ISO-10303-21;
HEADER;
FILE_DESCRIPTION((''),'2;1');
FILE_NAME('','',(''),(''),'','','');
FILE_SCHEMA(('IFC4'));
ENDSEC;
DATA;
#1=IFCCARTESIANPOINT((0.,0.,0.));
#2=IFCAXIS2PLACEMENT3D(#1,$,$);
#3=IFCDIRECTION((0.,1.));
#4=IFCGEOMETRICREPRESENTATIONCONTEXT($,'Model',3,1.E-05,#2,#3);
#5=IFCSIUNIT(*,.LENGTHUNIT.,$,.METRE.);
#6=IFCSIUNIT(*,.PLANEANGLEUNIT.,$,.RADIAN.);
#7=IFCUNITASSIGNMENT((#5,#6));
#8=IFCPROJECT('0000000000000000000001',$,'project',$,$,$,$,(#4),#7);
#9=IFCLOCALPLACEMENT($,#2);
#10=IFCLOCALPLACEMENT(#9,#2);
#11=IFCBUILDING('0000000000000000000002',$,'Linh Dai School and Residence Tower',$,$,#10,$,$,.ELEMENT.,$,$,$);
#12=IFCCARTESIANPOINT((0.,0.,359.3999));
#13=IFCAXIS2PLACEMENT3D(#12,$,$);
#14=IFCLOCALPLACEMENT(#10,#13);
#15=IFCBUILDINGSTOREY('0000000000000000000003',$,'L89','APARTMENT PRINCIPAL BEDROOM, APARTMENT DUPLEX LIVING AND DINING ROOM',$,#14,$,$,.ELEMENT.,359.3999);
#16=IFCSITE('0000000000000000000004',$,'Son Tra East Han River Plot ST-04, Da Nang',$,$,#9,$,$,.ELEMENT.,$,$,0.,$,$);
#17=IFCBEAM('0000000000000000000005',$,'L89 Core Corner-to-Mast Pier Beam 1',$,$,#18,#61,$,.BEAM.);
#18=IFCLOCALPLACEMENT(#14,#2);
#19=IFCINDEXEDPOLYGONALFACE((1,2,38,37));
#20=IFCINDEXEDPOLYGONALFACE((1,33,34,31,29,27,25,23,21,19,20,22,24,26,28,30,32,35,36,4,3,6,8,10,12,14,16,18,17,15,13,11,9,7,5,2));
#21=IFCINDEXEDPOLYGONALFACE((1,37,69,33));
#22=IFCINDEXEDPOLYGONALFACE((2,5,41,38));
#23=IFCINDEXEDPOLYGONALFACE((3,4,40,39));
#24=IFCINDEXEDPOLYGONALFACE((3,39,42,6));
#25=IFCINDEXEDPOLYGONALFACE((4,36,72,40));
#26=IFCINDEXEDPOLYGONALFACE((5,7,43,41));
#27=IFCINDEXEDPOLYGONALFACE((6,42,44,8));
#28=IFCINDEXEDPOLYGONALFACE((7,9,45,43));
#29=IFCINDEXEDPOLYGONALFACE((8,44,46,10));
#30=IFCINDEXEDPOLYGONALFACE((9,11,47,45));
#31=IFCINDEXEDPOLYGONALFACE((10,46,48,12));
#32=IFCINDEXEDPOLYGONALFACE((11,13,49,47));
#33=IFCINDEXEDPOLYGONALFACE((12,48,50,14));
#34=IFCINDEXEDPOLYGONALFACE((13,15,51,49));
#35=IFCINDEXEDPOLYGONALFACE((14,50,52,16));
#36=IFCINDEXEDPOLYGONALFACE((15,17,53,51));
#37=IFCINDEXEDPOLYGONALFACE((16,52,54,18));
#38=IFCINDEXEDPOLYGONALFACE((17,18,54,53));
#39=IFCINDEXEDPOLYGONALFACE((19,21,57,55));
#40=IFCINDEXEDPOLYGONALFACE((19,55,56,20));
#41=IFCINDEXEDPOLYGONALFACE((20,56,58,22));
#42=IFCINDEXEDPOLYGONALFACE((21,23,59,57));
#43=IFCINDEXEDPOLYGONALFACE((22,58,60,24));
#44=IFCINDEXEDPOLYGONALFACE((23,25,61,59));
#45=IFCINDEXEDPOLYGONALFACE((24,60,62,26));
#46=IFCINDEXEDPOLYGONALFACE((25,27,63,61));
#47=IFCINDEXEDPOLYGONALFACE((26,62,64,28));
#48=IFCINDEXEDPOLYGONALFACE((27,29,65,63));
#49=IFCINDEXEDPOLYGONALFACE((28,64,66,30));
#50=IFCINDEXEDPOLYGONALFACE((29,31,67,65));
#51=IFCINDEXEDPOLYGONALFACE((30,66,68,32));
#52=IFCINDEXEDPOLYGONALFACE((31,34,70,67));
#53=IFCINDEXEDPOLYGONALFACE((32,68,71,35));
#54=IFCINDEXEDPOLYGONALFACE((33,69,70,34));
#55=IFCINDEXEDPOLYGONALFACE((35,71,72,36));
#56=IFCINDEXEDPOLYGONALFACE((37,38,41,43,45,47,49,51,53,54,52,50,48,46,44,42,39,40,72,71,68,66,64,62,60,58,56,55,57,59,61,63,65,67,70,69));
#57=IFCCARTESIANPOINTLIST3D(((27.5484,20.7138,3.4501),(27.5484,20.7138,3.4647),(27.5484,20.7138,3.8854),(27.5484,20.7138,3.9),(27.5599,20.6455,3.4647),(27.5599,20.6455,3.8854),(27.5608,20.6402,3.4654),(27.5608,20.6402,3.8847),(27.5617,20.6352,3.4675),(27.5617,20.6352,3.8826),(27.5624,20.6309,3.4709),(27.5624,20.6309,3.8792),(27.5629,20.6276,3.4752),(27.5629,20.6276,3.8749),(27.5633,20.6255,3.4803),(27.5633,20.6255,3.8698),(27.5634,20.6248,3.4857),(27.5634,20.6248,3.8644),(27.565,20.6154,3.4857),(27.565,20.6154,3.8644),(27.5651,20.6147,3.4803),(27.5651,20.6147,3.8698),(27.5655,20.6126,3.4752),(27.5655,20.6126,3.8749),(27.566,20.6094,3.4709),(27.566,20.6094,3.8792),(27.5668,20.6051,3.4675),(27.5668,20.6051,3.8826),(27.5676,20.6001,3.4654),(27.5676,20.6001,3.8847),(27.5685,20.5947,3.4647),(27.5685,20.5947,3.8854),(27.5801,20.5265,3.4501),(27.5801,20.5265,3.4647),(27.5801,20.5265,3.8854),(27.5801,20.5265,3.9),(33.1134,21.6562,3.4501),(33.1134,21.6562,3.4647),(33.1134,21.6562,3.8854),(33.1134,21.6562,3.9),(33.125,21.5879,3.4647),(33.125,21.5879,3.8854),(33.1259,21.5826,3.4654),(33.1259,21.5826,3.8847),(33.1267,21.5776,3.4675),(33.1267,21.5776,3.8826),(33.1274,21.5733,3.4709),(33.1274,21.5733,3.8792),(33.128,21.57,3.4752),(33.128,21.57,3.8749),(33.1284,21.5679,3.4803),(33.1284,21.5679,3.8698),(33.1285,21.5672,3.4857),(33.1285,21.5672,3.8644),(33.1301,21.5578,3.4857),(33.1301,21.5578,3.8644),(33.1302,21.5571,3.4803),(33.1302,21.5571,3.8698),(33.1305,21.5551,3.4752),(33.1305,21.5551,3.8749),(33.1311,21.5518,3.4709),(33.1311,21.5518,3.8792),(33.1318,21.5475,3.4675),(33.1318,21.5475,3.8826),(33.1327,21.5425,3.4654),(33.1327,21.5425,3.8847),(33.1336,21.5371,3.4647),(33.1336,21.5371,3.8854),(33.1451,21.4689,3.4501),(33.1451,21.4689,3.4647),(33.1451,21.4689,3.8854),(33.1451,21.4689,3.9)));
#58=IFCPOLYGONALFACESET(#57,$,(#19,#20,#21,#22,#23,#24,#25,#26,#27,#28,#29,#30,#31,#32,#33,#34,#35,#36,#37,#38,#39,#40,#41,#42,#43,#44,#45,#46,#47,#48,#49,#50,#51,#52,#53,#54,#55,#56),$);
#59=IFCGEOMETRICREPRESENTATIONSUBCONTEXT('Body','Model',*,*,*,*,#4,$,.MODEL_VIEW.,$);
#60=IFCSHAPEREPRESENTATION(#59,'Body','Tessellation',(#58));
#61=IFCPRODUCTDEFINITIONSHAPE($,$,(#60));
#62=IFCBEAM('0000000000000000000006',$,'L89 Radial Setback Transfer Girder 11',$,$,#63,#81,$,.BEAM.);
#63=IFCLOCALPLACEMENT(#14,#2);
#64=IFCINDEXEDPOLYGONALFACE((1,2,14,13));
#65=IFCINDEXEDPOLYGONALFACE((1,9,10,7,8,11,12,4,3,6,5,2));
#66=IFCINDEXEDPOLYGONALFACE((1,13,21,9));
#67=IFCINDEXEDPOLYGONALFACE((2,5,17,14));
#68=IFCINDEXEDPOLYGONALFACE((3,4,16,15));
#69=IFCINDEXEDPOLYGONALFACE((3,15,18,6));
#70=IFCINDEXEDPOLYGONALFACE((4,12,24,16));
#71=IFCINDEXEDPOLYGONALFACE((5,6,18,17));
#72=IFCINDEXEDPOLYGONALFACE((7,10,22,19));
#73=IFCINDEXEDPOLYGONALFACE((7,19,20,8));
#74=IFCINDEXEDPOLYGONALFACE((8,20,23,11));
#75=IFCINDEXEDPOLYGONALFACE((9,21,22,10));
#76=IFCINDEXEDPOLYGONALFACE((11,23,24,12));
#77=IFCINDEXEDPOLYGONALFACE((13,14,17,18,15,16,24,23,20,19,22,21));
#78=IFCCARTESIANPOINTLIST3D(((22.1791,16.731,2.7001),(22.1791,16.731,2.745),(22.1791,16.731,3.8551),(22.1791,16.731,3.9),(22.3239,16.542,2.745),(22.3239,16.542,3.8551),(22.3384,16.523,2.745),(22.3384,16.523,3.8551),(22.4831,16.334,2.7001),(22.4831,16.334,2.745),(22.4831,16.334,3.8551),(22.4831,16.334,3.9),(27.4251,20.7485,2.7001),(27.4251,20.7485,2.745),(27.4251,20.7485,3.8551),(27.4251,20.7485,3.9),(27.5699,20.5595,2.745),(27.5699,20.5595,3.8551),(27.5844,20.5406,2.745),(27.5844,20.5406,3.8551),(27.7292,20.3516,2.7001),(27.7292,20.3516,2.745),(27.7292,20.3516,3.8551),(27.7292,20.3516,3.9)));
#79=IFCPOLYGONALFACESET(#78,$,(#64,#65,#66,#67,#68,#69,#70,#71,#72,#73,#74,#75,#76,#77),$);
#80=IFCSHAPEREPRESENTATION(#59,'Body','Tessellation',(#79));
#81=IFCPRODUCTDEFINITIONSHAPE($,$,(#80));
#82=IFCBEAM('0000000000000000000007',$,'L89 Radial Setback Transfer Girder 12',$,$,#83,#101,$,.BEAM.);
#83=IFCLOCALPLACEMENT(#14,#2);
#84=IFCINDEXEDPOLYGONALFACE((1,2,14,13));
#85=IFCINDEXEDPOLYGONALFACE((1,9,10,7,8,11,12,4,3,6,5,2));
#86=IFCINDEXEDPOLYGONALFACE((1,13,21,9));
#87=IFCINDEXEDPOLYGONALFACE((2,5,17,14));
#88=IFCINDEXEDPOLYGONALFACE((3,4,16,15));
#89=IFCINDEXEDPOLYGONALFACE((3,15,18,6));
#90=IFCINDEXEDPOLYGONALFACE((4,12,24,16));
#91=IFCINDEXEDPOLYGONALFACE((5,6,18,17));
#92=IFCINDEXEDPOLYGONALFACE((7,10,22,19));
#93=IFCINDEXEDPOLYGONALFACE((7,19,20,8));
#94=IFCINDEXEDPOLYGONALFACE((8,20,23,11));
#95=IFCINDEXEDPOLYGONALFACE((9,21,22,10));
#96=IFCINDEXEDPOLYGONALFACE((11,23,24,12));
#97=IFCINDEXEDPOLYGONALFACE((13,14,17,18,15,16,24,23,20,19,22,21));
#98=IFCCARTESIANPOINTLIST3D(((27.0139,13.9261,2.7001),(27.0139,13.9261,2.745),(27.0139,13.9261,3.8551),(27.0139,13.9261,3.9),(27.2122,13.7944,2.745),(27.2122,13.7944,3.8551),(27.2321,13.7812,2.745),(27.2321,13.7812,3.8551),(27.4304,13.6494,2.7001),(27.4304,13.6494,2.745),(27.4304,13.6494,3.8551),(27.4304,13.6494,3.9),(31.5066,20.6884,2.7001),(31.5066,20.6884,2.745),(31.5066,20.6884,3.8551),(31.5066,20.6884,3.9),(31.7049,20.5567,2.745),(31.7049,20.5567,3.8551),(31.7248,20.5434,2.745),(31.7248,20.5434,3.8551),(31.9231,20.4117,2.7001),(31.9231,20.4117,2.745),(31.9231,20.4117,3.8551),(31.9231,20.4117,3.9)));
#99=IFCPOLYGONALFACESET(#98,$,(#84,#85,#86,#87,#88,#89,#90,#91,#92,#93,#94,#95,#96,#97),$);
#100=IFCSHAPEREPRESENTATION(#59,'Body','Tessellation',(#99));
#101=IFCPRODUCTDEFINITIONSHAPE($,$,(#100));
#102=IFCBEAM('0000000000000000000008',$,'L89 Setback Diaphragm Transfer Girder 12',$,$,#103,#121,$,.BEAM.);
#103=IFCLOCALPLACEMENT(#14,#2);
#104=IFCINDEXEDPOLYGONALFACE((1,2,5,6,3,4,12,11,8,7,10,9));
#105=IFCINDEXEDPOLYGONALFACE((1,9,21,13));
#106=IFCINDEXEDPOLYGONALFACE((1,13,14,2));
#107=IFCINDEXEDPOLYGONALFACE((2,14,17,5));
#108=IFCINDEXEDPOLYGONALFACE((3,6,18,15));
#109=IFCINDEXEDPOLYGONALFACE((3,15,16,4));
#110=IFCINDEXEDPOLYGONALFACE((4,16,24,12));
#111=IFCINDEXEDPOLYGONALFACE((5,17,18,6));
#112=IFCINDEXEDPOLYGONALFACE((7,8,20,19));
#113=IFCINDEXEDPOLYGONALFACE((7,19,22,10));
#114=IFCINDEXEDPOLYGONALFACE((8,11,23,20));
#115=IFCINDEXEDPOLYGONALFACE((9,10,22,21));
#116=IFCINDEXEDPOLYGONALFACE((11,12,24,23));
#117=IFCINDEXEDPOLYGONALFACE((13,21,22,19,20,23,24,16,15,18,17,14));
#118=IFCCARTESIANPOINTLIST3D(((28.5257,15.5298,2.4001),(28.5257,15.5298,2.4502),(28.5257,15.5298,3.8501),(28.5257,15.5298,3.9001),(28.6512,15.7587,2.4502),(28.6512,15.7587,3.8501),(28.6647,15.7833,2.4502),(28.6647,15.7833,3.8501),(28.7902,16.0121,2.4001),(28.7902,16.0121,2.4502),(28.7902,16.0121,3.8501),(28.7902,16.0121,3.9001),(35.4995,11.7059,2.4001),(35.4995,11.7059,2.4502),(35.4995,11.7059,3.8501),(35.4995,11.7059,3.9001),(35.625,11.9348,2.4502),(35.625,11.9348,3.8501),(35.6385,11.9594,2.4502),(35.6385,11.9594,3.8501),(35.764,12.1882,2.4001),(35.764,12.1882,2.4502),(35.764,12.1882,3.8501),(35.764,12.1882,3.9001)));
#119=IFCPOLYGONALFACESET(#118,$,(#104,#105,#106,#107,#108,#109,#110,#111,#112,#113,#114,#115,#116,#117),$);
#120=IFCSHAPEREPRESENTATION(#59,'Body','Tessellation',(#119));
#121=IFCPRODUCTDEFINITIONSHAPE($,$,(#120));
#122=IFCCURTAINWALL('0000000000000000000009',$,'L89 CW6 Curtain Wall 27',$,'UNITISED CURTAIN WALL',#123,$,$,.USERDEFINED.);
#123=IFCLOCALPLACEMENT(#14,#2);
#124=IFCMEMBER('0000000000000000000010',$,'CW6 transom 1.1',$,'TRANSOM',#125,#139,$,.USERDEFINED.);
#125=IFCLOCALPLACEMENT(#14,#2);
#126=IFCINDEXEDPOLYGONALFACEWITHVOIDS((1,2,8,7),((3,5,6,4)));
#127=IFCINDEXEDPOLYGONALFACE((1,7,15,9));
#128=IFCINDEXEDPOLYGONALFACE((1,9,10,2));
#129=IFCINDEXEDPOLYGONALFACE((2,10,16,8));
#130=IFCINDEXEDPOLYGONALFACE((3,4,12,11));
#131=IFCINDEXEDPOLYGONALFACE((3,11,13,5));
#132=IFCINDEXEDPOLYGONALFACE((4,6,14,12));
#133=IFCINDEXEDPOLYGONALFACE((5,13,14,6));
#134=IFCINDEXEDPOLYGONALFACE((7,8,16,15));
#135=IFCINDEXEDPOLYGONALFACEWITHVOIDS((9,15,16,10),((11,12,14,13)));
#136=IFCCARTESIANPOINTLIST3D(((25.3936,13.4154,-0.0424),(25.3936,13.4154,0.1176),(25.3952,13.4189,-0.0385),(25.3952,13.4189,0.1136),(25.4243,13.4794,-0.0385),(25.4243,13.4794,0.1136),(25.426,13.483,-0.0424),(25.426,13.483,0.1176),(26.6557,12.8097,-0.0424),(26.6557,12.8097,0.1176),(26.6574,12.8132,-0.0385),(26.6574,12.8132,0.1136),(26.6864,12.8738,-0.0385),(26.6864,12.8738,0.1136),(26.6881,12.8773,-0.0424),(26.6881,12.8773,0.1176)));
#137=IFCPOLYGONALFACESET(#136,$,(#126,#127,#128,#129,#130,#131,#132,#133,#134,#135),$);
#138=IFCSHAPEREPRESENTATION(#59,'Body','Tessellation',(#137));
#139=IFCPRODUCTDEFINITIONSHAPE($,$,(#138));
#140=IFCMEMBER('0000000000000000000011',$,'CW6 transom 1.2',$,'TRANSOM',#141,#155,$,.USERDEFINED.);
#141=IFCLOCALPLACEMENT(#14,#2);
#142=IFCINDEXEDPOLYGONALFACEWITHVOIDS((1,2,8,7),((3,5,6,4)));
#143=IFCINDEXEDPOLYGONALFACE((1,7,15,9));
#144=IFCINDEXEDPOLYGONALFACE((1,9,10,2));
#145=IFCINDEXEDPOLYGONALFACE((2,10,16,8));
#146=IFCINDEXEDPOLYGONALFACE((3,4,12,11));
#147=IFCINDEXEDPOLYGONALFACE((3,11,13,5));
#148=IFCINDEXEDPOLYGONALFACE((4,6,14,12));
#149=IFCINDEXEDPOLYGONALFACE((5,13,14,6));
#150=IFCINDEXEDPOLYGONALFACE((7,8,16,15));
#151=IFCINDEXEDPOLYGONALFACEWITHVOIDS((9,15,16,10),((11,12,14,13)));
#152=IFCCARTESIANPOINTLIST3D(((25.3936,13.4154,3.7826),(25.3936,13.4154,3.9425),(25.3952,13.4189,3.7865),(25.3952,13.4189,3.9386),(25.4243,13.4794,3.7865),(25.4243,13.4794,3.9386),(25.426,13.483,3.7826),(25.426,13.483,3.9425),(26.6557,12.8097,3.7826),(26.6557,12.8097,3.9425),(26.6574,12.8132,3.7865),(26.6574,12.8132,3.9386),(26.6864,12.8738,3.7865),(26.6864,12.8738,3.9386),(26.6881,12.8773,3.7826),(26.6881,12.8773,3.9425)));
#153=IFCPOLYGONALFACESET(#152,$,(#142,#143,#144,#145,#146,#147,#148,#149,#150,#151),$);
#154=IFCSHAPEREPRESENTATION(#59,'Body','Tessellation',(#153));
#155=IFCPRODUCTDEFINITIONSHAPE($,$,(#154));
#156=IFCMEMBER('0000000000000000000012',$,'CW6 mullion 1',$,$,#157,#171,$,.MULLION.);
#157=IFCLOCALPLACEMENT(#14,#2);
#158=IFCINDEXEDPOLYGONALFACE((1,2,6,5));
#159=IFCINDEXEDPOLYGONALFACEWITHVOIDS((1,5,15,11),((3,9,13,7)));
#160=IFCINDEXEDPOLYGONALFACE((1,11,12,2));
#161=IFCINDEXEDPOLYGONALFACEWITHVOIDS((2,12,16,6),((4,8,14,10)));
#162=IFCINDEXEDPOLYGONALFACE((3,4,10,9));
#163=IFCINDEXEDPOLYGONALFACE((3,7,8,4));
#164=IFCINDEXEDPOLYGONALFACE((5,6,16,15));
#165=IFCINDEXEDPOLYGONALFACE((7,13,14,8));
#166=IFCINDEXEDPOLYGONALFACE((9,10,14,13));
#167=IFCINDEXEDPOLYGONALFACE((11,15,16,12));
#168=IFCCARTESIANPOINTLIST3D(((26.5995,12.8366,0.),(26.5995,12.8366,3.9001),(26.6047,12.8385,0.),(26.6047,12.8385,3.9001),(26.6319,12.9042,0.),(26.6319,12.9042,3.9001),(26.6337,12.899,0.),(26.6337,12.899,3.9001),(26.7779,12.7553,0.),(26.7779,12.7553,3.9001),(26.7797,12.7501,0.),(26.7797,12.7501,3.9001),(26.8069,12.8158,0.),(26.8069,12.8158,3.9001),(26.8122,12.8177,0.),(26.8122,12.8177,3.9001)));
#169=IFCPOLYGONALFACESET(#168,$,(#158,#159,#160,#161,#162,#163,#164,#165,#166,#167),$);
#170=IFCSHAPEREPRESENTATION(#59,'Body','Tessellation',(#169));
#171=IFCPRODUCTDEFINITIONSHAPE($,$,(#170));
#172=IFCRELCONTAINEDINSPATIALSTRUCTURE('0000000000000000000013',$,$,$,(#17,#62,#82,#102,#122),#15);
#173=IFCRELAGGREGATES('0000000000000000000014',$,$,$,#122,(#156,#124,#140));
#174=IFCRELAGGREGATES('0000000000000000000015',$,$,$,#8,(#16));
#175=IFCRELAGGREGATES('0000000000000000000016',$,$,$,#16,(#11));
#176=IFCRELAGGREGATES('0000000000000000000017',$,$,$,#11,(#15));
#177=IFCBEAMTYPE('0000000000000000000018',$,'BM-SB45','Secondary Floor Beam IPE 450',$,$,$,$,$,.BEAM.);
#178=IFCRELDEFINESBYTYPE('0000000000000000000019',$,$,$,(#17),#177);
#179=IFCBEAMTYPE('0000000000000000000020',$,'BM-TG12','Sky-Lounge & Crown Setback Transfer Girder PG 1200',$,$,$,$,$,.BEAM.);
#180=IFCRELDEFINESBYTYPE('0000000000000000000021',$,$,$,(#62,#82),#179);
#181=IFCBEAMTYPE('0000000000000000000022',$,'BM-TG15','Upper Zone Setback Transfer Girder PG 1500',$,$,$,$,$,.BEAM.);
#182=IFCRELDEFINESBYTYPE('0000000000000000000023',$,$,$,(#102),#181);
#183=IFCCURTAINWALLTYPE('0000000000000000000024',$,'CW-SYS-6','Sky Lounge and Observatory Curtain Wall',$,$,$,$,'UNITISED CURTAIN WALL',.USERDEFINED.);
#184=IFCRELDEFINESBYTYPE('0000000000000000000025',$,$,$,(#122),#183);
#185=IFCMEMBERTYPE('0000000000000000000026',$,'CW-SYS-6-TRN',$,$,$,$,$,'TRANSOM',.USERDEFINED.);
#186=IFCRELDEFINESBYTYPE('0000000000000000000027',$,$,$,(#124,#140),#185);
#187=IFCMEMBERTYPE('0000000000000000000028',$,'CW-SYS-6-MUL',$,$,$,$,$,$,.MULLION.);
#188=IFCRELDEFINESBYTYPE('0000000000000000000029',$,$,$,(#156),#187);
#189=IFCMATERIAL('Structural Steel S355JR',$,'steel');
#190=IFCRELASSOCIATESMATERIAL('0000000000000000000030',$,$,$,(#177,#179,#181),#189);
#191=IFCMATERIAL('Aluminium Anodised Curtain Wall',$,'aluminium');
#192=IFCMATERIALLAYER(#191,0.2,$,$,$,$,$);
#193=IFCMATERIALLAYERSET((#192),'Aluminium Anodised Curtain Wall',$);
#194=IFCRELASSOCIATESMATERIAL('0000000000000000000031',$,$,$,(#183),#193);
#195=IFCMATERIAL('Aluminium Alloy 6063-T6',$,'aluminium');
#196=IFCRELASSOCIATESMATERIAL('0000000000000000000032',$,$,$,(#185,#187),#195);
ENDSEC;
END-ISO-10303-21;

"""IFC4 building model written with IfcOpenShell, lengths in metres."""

from ifc_helpers import new_model, si_unit, direction, frame, origin, origin_2d, place, context, subcontext, project, spatial, hollow_rectangle, i_section, extrude, source, transform, mapped, material, layer, layer_set, material_profile, profile_set, type_object, element, aggregate, save


model = new_model("IFC4")

# Units and contexts
model_context = context("Model", 3, precision=1e-05, world=origin(), true_north=direction((0.0, 1.0)))
body_context = subcontext(model_context, "Body", "Model", "MODEL_VIEW")
ifc_project = project(units=[si_unit("LENGTHUNIT", "METRE"), si_unit("PLANEANGLEUNIT", "RADIAN")], contexts=[model_context])

# Site, building, storey
site_placement = place(None, origin())
site = spatial("IfcSite", under=ifc_project, at=site_placement, Name="Son Tra East Han River Plot ST-04, Da Nang", CompositionType="ELEMENT", RefElevation=0.0)
building_placement = place(site_placement, origin())
building = spatial("IfcBuilding", under=site, at=building_placement, Name="Linh Dai School and Residence Tower", CompositionType="ELEMENT")
storey_placement = place(building_placement, frame((0.0, 0.0, 359.3999)))
storey = spatial("IfcBuildingStorey", under=building, at=storey_placement, Name="L89", Description="APARTMENT PRINCIPAL BEDROOM, APARTMENT DUPLEX LIVING AND DINING ROOM", CompositionType="ELEMENT", Elevation=359.3999)

# Shared definitions
ifc_material_1 = material(Name="Structural Steel S355JR", Category="steel")

# Beams
ifc_material_profile_1 = material_profile(ifc_material_1, i_section(OverallWidth=0.1899, OverallDepth=0.45, WebThickness=0.0095, FlangeThickness=0.0146, FilletRadius=0.021, at=origin_2d()), Name="IPE 450")
ifc_profile_set_1 = profile_set([ifc_material_profile_1], Name="Structural Steel S355JR")
beam_type_1 = type_object("IfcBeamType", Name="BM-SB45", Description="Secondary Floor Beam IPE 450", PredefinedType="BEAM", material=ifc_profile_set_1)
beam_1_placement = place(storey_placement, frame((27.5642, 20.6201, 3.675), z_axis=(0.985963, 0.166966, 0.0), x_axis=(-0.166966, 0.985963, 0.0)))
element("IfcBeam", 1, at=beam_1_placement, inside=storey, type_object=beam_type_1, Name="L89 Core Corner-to-Mast Pier Beam 1", PredefinedType="BEAM", context=body_context, shape_type="SweptSolid", body=[
    extrude(i_section(OverallWidth=0.1899, OverallDepth=0.45, WebThickness=0.0095, FlangeThickness=0.0146, FilletRadius=0.021, at=origin_2d()), origin(), (0.0, 0.0, 1.0), 5.6443),
])
ifc_material_profile_2 = material_profile(ifc_material_1, i_section(OverallWidth=0.5, OverallDepth=1.2, WebThickness=0.0239, FlangeThickness=0.0449, at=origin_2d()), Name="PG 1200x500x24x45")
ifc_profile_set_2 = profile_set([ifc_material_profile_2], Name="Structural Steel S355JR")
beam_type_2 = type_object("IfcBeamType", Name="BM-TG12", Description="Sky-Lounge & Crown Setback Transfer Girder PG 1200", PredefinedType="BEAM", material=ifc_profile_set_2)
beam_2_placement = place(storey_placement, frame((27.5771, 20.55, 3.3), z_axis=(-0.79393, -0.608009, 0.0), x_axis=(0.608009, -0.79393, 0.0)))
element("IfcBeam", 2, at=beam_2_placement, inside=storey, type_object=beam_type_2, Name="L89 Radial Setback Transfer Girder 11", PredefinedType="BEAM", context=body_context, shape_type="SweptSolid", body=[
    extrude(i_section(OverallWidth=0.5, OverallDepth=1.2, WebThickness=0.0239, FlangeThickness=0.0449, at=origin_2d()), origin(), (0.0, 0.0, 1.0), 6.6077),
])
beam_3_placement = place(storey_placement, frame((31.7148, 20.55, 3.3), z_axis=(-0.553381, -0.832928, 0.0), x_axis=(0.832928, -0.553381, 0.0)))
element("IfcBeam", 3, at=beam_3_placement, inside=storey, type_object=beam_type_2, Name="L89 Radial Setback Transfer Girder 12", PredefinedType="BEAM", context=body_context, shape_type="SweptSolid", body=[
    extrude(i_section(OverallWidth=0.5, OverallDepth=1.2, WebThickness=0.0239, FlangeThickness=0.0449, at=origin_2d()), origin(), (0.0, 0.0, 1.0), 8.1187),
])
ifc_material_profile_3 = material_profile(ifc_material_1, i_section(OverallWidth=0.55, OverallDepth=1.5, WebThickness=0.0281, FlangeThickness=0.05, at=origin_2d()), Name="PG 1500x550x28x50")
ifc_profile_set_3 = profile_set([ifc_material_profile_3], Name="Structural Steel S355JR")
beam_type_3 = type_object("IfcBeamType", Name="BM-TG15", Description="Upper Zone Setback Transfer Girder PG 1500", PredefinedType="BEAM", material=ifc_profile_set_3)
beam_4_placement = place(storey_placement, frame((28.658, 15.771, 3.1501), z_axis=(0.876834, -0.480793, 0.0), x_axis=(0.480793, 0.876834, 0.0)))
element("IfcBeam", 4, at=beam_4_placement, inside=storey, type_object=beam_type_3, Name="L89 Setback Diaphragm Transfer Girder 12", PredefinedType="BEAM", context=body_context, shape_type="SweptSolid", body=[
    extrude(i_section(OverallWidth=0.55, OverallDepth=1.5, WebThickness=0.0281, FlangeThickness=0.05, at=origin_2d()), origin(), (0.0, 0.0, 1.0), 7.9534),
])

# Curtain wall, members
ifc_material_2 = material(Name="Aluminium Anodised Curtain Wall", Category="aluminium")
ifc_layer_1 = layer(ifc_material_2, 0.2)
ifc_layer_set_1 = layer_set([ifc_layer_1], Name="Aluminium Anodised Curtain Wall")
curtain_wall_type = type_object("IfcCurtainWallType", Name="CW-SYS-6", Description="Sky Lounge and Observatory Curtain Wall", ElementType="UNITISED CURTAIN WALL", PredefinedType="USERDEFINED", material=ifc_layer_set_1)
curtain_wall_placement = place(storey_placement, origin())
curtain_wall = element("IfcCurtainWall", 5, at=curtain_wall_placement, inside=storey, type_object=curtain_wall_type, Name="L89 CW6 Curtain Wall 27", ObjectType="UNITISED CURTAIN WALL", PredefinedType="USERDEFINED")
ifc_material_3 = material(Name="Aluminium Alloy 6063-T6", Category="aluminium")
ifc_material_profile_4 = material_profile(ifc_material_3, hollow_rectangle(XDim=0.075, YDim=0.1599, WallThickness=0.0039, at=origin_2d()), Name="RHS 160x75x4")
ifc_profile_set_4 = profile_set([ifc_material_profile_4], Name="Aluminium Alloy 6063-T6")
member_type_1 = type_object("IfcMemberType", Name="CW-SYS-6-TRN", ElementType="TRANSOM", PredefinedType="USERDEFINED", material=ifc_profile_set_4)
shared_shape_1 = source(origin(), body_context, "Body", "SweptSolid", [
    extrude(hollow_rectangle(XDim=0.075, YDim=0.1599, WallThickness=0.0039, at=origin_2d()), origin(), (0.0, 0.0, 1.0), 1.3999),
])
member_1_placement = place(storey_placement, frame((26.6719, 12.8435, 0.0376), z_axis=(-0.901564, 0.432646, 0.0), x_axis=(-0.432646, -0.901564, 0.0)))
member_1 = element("IfcMember", 6, at=member_1_placement, type_object=member_type_1, Name="CW6 transom 1.1", ObjectType="TRANSOM", PredefinedType="USERDEFINED", context=body_context, shape_type="MappedRepresentation", body=[
    mapped(shared_shape_1, transform((0.0, 0.0, 0.0), x_axis=(1.0, 0.0, 0.0), y_axis=(0.0, 1.0, 0.0), z_axis=(0.0, 0.0, 1.0), scale=1.0)),
])
member_2_placement = place(storey_placement, frame((26.6719, 12.8435, 3.8625), z_axis=(-0.901564, 0.432646, 0.0), x_axis=(-0.432646, -0.901564, 0.0)))
member_2 = element("IfcMember", 7, at=member_2_placement, type_object=member_type_1, Name="CW6 transom 1.2", ObjectType="TRANSOM", PredefinedType="USERDEFINED", context=body_context, shape_type="MappedRepresentation", body=[
    mapped(shared_shape_1, transform((0.0, 0.0, 0.0), x_axis=(1.0, 0.0, 0.0), y_axis=(0.0, 1.0, 0.0), z_axis=(0.0, 0.0, 1.0), scale=1.0)),
])
ifc_material_profile_5 = material_profile(ifc_material_3, hollow_rectangle(XDim=0.075, YDim=0.2, WallThickness=0.0039, at=origin_2d()), Name="RHS 200x75x4")
ifc_profile_set_5 = profile_set([ifc_material_profile_5], Name="Aluminium Alloy 6063-T6")
member_type_2 = type_object("IfcMemberType", Name="CW-SYS-6-MUL", PredefinedType="MULLION", material=ifc_profile_set_5)
shared_shape_2 = source(origin(), body_context, "Body", "SweptSolid", [
    extrude(hollow_rectangle(XDim=0.075, YDim=0.2, WallThickness=0.0039, at=origin_2d()), origin(), (0.0, 0.0, 1.0), 3.9001),
])
member_3_placement = place(storey_placement, frame((26.7058, 12.8271, 0.0), z_axis=(0.0, 0.0, 1.0), x_axis=(-0.432674, -0.901551, 0.0)))
member_3 = element("IfcMember", 8, at=member_3_placement, type_object=member_type_2, Name="CW6 mullion 1", PredefinedType="MULLION", context=body_context, shape_type="MappedRepresentation", body=[
    mapped(shared_shape_2, transform((0.0, 0.0, 0.0), x_axis=(1.0, 0.0, 0.0), y_axis=(0.0, 1.0, 0.0), z_axis=(0.0, 0.0, 1.0), scale=1.0)),
])

aggregate(curtain_wall, [member_3, member_1, member_2])

save(model, "model.ifc")
